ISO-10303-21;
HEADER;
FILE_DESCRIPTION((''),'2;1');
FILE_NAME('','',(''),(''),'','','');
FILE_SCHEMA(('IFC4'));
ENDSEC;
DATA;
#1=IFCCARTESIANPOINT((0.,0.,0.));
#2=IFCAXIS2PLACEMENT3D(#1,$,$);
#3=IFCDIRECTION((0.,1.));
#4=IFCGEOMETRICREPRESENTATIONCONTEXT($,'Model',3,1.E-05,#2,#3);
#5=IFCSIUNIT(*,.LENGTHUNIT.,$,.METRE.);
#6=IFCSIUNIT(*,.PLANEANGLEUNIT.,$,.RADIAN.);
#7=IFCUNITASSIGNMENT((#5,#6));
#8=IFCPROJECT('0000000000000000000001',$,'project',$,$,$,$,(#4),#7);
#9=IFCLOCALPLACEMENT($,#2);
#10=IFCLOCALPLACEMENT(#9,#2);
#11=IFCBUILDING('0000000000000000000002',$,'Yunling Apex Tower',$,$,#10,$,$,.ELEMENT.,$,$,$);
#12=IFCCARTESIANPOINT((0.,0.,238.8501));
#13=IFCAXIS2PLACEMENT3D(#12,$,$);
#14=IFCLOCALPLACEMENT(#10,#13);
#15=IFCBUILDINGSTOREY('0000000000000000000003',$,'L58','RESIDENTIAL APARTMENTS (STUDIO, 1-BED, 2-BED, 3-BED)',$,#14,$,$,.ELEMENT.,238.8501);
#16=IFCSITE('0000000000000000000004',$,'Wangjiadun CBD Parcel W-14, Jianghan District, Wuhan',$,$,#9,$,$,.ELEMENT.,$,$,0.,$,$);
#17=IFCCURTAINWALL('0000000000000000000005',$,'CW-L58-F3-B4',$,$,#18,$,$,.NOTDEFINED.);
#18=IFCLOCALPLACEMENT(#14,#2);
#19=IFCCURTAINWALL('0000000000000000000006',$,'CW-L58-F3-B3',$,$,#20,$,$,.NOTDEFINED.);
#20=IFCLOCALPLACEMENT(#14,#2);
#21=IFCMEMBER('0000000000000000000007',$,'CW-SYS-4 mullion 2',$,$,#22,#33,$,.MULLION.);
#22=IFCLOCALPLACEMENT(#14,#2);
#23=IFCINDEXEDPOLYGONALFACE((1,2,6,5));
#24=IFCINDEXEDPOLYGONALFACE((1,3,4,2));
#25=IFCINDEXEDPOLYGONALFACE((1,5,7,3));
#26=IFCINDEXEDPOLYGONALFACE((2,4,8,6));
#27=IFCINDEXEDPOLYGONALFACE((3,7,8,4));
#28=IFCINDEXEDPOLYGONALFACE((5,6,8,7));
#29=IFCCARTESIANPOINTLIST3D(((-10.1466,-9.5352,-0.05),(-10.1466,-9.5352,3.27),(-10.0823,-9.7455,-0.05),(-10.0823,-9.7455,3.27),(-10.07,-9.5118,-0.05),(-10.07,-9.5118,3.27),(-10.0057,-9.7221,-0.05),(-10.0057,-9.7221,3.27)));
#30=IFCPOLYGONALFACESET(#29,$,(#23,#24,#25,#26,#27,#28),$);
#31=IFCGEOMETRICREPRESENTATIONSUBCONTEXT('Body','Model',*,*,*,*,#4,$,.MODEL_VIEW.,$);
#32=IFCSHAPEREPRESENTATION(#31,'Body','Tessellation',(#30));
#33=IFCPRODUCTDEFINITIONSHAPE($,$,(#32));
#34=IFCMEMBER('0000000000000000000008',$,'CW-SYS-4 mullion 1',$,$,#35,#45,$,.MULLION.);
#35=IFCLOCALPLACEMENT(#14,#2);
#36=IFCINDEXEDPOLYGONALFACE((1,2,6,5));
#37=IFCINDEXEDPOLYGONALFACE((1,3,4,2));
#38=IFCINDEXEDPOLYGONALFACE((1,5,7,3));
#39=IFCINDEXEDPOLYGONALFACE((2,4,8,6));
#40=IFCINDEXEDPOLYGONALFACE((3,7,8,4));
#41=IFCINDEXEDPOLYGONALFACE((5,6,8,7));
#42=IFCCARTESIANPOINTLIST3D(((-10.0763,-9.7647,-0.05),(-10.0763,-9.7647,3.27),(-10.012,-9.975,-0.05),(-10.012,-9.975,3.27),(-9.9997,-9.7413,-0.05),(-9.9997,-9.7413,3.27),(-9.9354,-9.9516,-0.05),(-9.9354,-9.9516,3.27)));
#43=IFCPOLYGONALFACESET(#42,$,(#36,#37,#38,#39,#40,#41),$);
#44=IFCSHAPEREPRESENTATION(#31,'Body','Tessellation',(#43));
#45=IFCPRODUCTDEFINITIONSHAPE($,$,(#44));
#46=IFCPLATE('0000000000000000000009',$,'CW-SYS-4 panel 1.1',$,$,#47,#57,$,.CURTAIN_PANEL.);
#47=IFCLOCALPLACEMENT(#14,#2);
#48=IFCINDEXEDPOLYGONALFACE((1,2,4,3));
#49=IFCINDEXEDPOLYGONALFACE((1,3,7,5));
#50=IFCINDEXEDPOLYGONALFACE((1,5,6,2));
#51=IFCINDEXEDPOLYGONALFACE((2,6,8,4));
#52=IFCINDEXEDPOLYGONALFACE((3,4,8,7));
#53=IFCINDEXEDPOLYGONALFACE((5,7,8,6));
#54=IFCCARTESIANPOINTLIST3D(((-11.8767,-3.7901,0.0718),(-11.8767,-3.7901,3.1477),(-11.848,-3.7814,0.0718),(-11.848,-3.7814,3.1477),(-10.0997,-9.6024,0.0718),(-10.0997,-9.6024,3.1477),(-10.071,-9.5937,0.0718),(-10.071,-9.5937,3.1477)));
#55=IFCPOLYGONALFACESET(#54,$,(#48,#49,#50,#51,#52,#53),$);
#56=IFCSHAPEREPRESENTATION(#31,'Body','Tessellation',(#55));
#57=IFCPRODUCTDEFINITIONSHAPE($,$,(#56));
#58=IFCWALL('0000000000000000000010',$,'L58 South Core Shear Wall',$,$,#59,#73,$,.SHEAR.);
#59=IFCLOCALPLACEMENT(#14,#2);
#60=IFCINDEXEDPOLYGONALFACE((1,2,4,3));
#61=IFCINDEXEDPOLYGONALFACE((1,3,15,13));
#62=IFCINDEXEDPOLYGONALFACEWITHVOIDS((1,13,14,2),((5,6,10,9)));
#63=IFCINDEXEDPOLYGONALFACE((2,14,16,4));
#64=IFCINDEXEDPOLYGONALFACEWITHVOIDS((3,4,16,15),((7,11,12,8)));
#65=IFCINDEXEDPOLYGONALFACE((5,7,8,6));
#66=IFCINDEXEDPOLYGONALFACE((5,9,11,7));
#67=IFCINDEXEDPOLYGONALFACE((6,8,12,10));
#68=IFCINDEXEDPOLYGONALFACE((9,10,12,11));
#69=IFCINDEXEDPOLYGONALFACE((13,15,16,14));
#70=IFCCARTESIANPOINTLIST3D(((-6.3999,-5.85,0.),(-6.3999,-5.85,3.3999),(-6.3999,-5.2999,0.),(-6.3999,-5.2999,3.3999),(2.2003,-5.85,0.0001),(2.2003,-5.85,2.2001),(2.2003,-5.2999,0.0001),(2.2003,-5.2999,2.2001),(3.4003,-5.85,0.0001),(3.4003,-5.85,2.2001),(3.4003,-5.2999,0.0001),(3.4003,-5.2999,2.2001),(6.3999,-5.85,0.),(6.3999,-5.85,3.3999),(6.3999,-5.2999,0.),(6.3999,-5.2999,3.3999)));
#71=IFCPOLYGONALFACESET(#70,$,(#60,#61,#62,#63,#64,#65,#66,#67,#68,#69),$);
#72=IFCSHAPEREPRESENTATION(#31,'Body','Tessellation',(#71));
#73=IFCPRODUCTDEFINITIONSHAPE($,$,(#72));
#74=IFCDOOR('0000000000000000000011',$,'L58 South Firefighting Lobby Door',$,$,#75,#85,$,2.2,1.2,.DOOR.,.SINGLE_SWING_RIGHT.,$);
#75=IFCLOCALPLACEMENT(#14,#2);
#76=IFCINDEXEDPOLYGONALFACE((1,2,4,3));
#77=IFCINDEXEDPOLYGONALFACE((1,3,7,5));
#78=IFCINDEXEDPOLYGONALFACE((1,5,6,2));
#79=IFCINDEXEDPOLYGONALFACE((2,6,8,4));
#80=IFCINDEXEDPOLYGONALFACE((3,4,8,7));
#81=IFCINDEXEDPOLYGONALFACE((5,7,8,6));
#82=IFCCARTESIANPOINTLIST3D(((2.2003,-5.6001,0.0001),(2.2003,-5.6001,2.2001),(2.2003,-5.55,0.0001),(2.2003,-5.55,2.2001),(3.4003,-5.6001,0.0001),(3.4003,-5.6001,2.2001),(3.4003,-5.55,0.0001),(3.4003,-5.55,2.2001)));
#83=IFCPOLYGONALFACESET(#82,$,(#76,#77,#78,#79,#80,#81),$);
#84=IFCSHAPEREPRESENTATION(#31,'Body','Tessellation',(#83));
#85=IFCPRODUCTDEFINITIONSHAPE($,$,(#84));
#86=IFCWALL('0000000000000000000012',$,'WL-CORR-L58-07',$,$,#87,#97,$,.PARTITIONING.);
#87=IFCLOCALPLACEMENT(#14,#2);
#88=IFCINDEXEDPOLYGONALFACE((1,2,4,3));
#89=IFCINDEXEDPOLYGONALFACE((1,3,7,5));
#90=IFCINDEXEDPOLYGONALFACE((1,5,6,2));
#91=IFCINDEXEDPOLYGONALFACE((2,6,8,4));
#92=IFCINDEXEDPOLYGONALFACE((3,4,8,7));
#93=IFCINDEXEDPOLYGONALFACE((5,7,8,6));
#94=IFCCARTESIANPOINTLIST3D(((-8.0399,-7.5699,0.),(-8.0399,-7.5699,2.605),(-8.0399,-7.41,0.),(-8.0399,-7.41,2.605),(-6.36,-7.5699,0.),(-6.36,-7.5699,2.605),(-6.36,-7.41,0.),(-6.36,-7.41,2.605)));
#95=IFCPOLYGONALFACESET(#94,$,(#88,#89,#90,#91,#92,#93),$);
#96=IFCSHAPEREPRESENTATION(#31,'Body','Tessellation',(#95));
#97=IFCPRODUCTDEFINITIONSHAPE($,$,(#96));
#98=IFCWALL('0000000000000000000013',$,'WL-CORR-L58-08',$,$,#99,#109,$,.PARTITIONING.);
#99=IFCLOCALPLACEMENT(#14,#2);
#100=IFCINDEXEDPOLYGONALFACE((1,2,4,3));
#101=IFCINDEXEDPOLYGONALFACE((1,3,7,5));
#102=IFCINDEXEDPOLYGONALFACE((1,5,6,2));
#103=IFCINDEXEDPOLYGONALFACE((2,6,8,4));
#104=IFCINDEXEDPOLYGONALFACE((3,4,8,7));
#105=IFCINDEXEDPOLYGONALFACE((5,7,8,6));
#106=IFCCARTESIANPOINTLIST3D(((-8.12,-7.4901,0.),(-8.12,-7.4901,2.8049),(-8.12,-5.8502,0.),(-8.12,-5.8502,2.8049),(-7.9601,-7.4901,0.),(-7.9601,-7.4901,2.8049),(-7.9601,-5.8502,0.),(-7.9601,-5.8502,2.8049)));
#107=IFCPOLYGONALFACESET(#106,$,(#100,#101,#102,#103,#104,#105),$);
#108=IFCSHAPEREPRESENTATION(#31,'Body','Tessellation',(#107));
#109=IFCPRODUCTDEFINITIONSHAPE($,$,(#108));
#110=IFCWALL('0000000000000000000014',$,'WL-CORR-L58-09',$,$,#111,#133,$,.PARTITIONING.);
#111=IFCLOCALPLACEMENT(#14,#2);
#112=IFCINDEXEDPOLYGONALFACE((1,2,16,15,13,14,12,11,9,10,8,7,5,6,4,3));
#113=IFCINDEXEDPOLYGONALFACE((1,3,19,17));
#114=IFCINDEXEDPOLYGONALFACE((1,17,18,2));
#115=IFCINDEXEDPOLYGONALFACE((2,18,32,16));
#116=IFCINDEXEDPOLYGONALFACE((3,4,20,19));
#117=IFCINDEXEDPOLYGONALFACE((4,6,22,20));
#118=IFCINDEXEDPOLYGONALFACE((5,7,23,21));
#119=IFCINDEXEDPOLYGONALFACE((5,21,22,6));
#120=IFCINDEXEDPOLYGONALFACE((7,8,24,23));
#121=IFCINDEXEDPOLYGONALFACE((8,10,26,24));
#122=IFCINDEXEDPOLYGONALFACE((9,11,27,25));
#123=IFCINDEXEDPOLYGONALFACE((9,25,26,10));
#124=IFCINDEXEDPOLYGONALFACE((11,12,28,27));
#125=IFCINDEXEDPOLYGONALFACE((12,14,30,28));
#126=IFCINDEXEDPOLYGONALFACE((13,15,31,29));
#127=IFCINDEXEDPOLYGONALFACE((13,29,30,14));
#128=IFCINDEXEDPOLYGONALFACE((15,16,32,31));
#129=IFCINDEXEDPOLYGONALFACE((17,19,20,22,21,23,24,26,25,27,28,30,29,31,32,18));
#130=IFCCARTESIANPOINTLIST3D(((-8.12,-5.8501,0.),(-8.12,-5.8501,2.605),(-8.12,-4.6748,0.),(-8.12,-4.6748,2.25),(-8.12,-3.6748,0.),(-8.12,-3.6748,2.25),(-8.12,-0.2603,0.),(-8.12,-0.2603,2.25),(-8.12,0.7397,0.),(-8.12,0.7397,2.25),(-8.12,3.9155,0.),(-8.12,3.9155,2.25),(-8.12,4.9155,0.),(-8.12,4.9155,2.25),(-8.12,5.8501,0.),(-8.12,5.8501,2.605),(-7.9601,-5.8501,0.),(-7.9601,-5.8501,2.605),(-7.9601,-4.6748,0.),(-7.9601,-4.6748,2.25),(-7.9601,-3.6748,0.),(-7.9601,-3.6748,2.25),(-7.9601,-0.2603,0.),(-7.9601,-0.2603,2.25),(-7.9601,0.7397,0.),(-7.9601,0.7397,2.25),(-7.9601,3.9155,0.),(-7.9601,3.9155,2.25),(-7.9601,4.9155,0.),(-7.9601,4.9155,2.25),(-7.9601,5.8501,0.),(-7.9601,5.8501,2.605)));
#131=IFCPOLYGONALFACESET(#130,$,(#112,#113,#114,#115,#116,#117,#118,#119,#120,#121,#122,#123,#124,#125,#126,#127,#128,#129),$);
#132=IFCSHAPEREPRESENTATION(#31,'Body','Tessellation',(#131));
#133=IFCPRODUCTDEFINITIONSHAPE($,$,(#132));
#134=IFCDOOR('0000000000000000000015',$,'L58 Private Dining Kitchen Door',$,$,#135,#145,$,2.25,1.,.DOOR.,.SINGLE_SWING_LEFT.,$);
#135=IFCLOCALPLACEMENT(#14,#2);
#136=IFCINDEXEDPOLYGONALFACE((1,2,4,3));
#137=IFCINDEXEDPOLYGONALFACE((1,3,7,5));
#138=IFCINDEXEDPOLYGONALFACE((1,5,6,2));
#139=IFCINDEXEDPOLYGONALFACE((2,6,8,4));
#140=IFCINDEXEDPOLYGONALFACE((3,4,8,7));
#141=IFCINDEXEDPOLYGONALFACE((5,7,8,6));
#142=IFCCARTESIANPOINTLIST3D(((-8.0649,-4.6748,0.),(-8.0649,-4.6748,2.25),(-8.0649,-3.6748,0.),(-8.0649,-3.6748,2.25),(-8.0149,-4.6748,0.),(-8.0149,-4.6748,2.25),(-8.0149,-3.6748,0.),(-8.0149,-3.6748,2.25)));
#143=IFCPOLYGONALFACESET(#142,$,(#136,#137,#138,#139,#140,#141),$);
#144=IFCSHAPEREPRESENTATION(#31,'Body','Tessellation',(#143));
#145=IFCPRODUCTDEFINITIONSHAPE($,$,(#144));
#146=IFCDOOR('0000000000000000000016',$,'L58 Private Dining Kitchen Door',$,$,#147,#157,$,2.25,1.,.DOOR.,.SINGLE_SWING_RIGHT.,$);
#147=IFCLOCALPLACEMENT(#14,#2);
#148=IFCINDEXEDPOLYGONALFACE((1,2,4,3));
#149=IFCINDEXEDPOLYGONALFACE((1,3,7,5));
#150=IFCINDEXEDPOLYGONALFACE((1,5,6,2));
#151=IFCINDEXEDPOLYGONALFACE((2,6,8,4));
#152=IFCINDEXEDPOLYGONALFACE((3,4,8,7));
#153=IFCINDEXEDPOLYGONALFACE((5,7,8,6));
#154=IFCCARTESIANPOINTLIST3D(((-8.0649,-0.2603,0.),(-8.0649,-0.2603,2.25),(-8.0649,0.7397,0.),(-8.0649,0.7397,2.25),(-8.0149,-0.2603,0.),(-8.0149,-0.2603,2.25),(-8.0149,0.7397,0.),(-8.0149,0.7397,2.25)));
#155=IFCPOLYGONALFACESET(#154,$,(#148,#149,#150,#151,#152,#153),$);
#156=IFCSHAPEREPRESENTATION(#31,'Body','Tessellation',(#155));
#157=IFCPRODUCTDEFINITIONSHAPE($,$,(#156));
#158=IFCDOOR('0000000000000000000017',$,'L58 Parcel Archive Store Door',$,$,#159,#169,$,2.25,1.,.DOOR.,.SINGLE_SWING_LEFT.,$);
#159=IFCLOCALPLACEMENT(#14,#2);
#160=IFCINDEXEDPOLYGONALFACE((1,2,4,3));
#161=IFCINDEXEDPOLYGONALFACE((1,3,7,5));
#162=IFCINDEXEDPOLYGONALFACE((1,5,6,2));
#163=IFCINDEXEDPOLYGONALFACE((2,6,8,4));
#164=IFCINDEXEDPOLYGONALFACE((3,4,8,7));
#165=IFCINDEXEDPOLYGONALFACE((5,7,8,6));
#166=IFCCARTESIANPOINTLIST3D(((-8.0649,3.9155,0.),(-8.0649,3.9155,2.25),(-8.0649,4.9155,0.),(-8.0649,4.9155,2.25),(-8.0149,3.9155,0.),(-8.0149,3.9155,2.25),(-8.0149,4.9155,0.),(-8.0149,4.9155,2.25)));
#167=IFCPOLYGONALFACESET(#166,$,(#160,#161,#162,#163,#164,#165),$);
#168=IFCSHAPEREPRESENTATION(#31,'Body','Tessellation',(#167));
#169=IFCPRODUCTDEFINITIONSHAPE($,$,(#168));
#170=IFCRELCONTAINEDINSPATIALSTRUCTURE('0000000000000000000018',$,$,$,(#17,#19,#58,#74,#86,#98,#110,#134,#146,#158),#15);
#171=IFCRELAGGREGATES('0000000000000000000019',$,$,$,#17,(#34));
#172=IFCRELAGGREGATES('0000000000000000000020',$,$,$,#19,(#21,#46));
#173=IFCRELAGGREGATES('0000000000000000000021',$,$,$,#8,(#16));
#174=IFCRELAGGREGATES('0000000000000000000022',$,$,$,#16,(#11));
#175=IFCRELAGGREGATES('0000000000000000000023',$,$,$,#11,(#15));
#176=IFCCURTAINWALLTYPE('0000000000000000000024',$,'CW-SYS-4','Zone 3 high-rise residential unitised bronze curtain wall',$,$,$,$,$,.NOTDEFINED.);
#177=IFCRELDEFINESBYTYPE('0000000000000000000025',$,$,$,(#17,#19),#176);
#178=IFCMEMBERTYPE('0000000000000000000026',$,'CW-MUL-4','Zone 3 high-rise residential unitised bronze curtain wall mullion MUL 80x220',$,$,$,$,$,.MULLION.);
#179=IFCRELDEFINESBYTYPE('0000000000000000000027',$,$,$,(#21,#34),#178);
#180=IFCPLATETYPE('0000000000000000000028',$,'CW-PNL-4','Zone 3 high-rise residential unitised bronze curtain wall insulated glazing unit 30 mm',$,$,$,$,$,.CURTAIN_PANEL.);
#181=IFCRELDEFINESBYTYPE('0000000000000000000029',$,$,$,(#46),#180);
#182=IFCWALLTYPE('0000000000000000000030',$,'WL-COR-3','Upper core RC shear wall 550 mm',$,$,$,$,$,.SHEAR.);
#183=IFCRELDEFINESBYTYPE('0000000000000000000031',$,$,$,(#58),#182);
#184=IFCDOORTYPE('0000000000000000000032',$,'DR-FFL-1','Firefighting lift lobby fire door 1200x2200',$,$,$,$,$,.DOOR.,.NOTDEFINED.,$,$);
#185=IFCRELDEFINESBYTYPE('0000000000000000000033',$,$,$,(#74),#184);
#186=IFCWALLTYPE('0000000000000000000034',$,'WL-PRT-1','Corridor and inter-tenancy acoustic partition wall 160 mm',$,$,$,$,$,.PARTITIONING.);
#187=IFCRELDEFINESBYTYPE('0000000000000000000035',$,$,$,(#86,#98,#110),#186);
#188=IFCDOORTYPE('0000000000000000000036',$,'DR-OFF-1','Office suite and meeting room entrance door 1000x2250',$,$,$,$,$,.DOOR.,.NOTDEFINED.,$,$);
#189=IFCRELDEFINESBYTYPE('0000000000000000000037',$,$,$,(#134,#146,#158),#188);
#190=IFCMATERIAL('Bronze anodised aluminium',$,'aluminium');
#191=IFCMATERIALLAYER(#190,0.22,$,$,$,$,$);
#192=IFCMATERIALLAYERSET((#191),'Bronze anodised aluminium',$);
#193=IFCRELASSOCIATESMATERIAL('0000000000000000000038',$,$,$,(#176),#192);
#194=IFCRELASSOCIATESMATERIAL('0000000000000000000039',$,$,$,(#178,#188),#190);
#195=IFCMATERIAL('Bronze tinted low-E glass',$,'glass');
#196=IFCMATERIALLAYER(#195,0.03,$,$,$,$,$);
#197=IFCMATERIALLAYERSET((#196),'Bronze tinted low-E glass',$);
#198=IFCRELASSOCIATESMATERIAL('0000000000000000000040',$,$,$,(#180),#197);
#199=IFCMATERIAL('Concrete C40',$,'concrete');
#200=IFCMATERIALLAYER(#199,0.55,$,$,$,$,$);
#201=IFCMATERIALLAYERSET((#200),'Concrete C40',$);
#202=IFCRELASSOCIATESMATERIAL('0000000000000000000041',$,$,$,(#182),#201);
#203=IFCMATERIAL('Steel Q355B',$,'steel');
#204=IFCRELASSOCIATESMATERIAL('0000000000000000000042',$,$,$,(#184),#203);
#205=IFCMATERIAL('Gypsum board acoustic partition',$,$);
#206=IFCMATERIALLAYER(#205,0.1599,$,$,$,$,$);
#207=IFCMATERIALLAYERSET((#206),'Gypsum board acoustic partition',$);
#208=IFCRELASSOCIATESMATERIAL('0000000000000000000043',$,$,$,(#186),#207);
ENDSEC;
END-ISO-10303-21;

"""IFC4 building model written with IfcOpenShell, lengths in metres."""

from ifc_helpers import new_model, si_unit, direction, frame, frame_2d, origin, origin_2d, place, context, subcontext, project, spatial, rectangle, extrude, source, transform, mapped, material, layer, layer_set, material_profile, profile_set, type_object, element, fill, aggregate, save


model = new_model("IFC4")

# Units and contexts
model_context = context("Model", 3, precision=1e-05, world=origin(), true_north=direction((0.0, 1.0)))
body_context = subcontext(model_context, "Body", "Model", "MODEL_VIEW")
ifc_project = project(units=[si_unit("LENGTHUNIT", "METRE"), si_unit("PLANEANGLEUNIT", "RADIAN")], contexts=[model_context])

# Site, building, storey
site_placement = place(None, origin())
site = spatial("IfcSite", under=ifc_project, at=site_placement, Name="Wangjiadun CBD Parcel W-14, Jianghan District, Wuhan", CompositionType="ELEMENT", RefElevation=0.0)
building_placement = place(site_placement, origin())
building = spatial("IfcBuilding", under=site, at=building_placement, Name="Yunling Apex Tower", CompositionType="ELEMENT")
storey_placement = place(building_placement, frame((0.0, 0.0, 238.8501)))
storey = spatial("IfcBuildingStorey", under=building, at=storey_placement, Name="L58", Description="RESIDENTIAL APARTMENTS (STUDIO, 1-BED, 2-BED, 3-BED)", CompositionType="ELEMENT", Elevation=238.8501)

# Shared definitions
ifc_material_1 = material(Name="Steel Q355B", Category="steel")

# Curtain wall
ifc_material_2 = material(Name="Bronze anodised aluminium", Category="aluminium")
ifc_layer_1 = layer(ifc_material_2, 0.22)
ifc_layer_set_1 = layer_set([ifc_layer_1], Name="Bronze anodised aluminium")
curtain_wall_type = type_object("IfcCurtainWallType", Name="CW-SYS-4", Description="Zone 3 high-rise residential unitised bronze curtain wall", PredefinedType="NOTDEFINED", material=ifc_layer_set_1)
curtain_wall_1_placement = place(storey_placement, origin())
curtain_wall_1 = element("IfcCurtainWall", 1, at=curtain_wall_1_placement, inside=storey, type_object=curtain_wall_type, Name="CW-L58-F3-B4", PredefinedType="NOTDEFINED")

# Curtain wall, member
curtain_wall_2_placement = place(storey_placement, origin())
curtain_wall_2 = element("IfcCurtainWall", 2, at=curtain_wall_2_placement, inside=storey, type_object=curtain_wall_type, Name="CW-L58-F3-B3", PredefinedType="NOTDEFINED")
ifc_material_profile_1 = material_profile(ifc_material_2, rectangle(XDim=0.0801, YDim=0.22, at=origin_2d()))
ifc_profile_set_1 = profile_set([ifc_material_profile_1], Name="Bronze anodised aluminium")
member_type_1 = type_object("IfcMemberType", Name="CW-MUL-4", Description="Zone 3 high-rise residential unitised bronze curtain wall mullion MUL 80x220", PredefinedType="MULLION", material=ifc_profile_set_1)
shared_shape_1 = source(origin(), body_context, "Body", "SweptSolid", [
    extrude(rectangle(XDim=0.0801, YDim=0.22, at=origin_2d()), origin(), (0.0, 0.0, 1.0), 3.3201),
])
member_1_placement = place(storey_placement, frame((-10.0762, -9.6287, -0.05), z_axis=(0.0, 0.0, 1.0), x_axis=(0.956305, 0.292372, 0.0)))
member_1 = element("IfcMember", 3, at=member_1_placement, type_object=member_type_1, Name="CW-SYS-4 mullion 2", PredefinedType="MULLION", context=body_context, shape_type="MappedRepresentation", body=[
    mapped(shared_shape_1, transform((0.0, 0.0, 0.0), scale=1.0)),
])

# Member
member_2_placement = place(storey_placement, frame((-10.0059, -9.8582, -0.05), z_axis=(0.0, 0.0, 1.0), x_axis=(0.956305, 0.292372, 0.0)))
member_2 = element("IfcMember", 4, at=member_2_placement, type_object=member_type_1, Name="CW-SYS-4 mullion 1", PredefinedType="MULLION", context=body_context, shape_type="MappedRepresentation", body=[
    mapped(shared_shape_1, transform((0.0, 0.0, 0.0), scale=1.0)),
])
aggregate(curtain_wall_1, [member_2])

# Plate
ifc_material_3 = material(Name="Bronze tinted low-E glass", Category="glass")
ifc_layer_2 = layer(ifc_material_3, 0.03)
ifc_layer_set_2 = layer_set([ifc_layer_2], Name="Bronze tinted low-E glass")
plate_type = type_object("IfcPlateType", Name="CW-PNL-4", Description="Zone 3 high-rise residential unitised bronze curtain wall insulated glazing unit 30 mm", PredefinedType="CURTAIN_PANEL", material=ifc_layer_set_2)
shared_shape_2 = source(origin(), body_context, "Body", "SweptSolid", [
    extrude(rectangle(XDim=6.0779, YDim=0.03, at=origin_2d()), origin(), (0.0, 0.0, 1.0), 3.0759),
])
plate_placement = place(storey_placement, frame((-10.9739, -6.6919, 0.0718), z_axis=(0.0, 0.0, 1.0), x_axis=(0.292372, -0.956305, 0.0)))
plate = element("IfcPlate", 5, at=plate_placement, type_object=plate_type, Name="CW-SYS-4 panel 1.1", PredefinedType="CURTAIN_PANEL", context=body_context, shape_type="MappedRepresentation", body=[
    mapped(shared_shape_2, transform((0.0, 0.0, 0.0), scale=1.0)),
])
aggregate(curtain_wall_2, [member_1, plate])

# Wall, opening, door
ifc_material_4 = material(Name="Concrete C40", Category="concrete")
ifc_layer_3 = layer(ifc_material_4, 0.55)
ifc_layer_set_3 = layer_set([ifc_layer_3], Name="Concrete C40")
wall_type_1 = type_object("IfcWallType", Name="WL-COR-3", Description="Upper core RC shear wall 550 mm", PredefinedType="SHEAR", material=ifc_layer_set_3)
wall_1_placement = place(storey_placement, frame((-6.3999, -5.575, 0.0), z_axis=(0.0, 0.0, 1.0), x_axis=(1.0, 0.0, 0.0)))
wall_1 = element("IfcWall", 6, at=wall_1_placement, inside=storey, type_object=wall_type_1, Name="L58 South Core Shear Wall", PredefinedType="SHEAR", context=body_context, shape_type="SweptSolid", body=[
    extrude(rectangle(XDim=12.7998, YDim=0.55, at=frame_2d((6.3999, 0.0))), origin(), (0.0, 0.0, 1.0), 3.3999),
])
opening_1_placement = place(wall_1_placement, frame((8.6001, 0.0, 0.0)))
opening_1 = element("IfcOpeningElement", 7, at=opening_1_placement, cuts=wall_1, PredefinedType="OPENING", context=body_context, shape_type="SweptSolid", body=[
    extrude(rectangle(XDim=1.2, YDim=2.2, at=frame_2d((0.6001, 1.1001))), frame((0.0, 0.2852, 0.0), z_axis=(0.0, -1.0, 0.0), x_axis=(1.0, 0.0, 0.0)), (0.0, 0.0, 1.0), 0.5701),
])
door_type_1 = type_object("IfcDoorType", Name="DR-FFL-1", Description="Firefighting lift lobby fire door 1200x2200", OperationType="NOTDEFINED", PredefinedType="DOOR", material=ifc_material_1)
door_1_placement = place(opening_1_placement, origin())
door_1 = element("IfcDoor", 8, at=door_1_placement, inside=storey, type_object=door_type_1, Name="L58 South Firefighting Lobby Door", OperationType="SINGLE_SWING_RIGHT", OverallHeight=2.2, OverallWidth=1.2, PredefinedType="DOOR", context=body_context, shape_type="SweptSolid", body=[
    extrude(rectangle(XDim=1.2, YDim=2.2, at=frame_2d((0.6001, 1.1001))), frame((0.0, 0.0249, 0.0), z_axis=(0.0, -1.0, 0.0), x_axis=(1.0, 0.0, 0.0)), (0.0, 0.0, 1.0), 0.05),
])
fill(opening_1, door_1)

# Walls
ifc_material_5 = material(Name="Gypsum board acoustic partition")
ifc_layer_4 = layer(ifc_material_5, 0.1599)
ifc_layer_set_4 = layer_set([ifc_layer_4], Name="Gypsum board acoustic partition")
wall_type_2 = type_object("IfcWallType", Name="WL-PRT-1", Description="Corridor and inter-tenancy acoustic partition wall 160 mm", PredefinedType="PARTITIONING", material=ifc_layer_set_4)
wall_2_placement = place(storey_placement, frame((-6.3601, -7.49, 0.0), z_axis=(0.0, 0.0, 1.0), x_axis=(-1.0, 0.0, 0.0)))
element("IfcWall", 9, at=wall_2_placement, inside=storey, type_object=wall_type_2, Name="WL-CORR-L58-07", PredefinedType="PARTITIONING", context=body_context, shape_type="SweptSolid", body=[
    extrude(rectangle(XDim=1.6799, YDim=0.1599, at=frame_2d((0.8398, 0.0))), origin(), (0.0, 0.0, 1.0), 2.605),
])
wall_3_placement = place(storey_placement, frame((-8.04, -7.49, 0.0), z_axis=(0.0, 0.0, 1.0), x_axis=(0.0, 1.0, 0.0)))
element("IfcWall", 10, at=wall_3_placement, inside=storey, type_object=wall_type_2, Name="WL-CORR-L58-08", PredefinedType="PARTITIONING", context=body_context, shape_type="SweptSolid", body=[
    extrude(rectangle(XDim=1.6399, YDim=0.1599, at=frame_2d((0.8198, 0.0))), origin(), (0.0, 0.0, 1.0), 2.8049),
])

# Wall, openings, doors
wall_4_placement = place(storey_placement, frame((-8.04, -5.8501, 0.0), z_axis=(0.0, 0.0, 1.0), x_axis=(0.0, 1.0, 0.0)))
wall_4 = element("IfcWall", 11, at=wall_4_placement, inside=storey, type_object=wall_type_2, Name="WL-CORR-L58-09", PredefinedType="PARTITIONING", context=body_context, shape_type="SweptSolid", body=[
    extrude(rectangle(XDim=11.7002, YDim=0.1599, at=frame_2d((5.8501, 0.0))), origin(), (0.0, 0.0, 1.0), 2.605),
])
opening_2_placement = place(wall_4_placement, frame((1.1753, 0.0, 0.0)))
opening_2 = element("IfcOpeningElement", 12, at=opening_2_placement, cuts=wall_4, PredefinedType="OPENING", context=body_context, shape_type="SweptSolid", body=[
    extrude(rectangle(XDim=1.0, YDim=2.25, at=frame_2d((0.5, 1.125))), frame((0.0, 0.0898, 0.0), z_axis=(0.0, -1.0, 0.0), x_axis=(1.0, 0.0, 0.0)), (0.0, 0.0, 1.0), 0.1799),
])
opening_3_placement = place(wall_4_placement, frame((5.5898, 0.0, 0.0)))
opening_3 = element("IfcOpeningElement", 13, at=opening_3_placement, cuts=wall_4, PredefinedType="OPENING", context=body_context, shape_type="SweptSolid", body=[
    extrude(rectangle(XDim=1.0, YDim=2.25, at=frame_2d((0.5, 1.125))), frame((0.0, 0.0898, 0.0), z_axis=(0.0, -1.0, 0.0), x_axis=(1.0, 0.0, 0.0)), (0.0, 0.0, 1.0), 0.1799),
])
opening_4_placement = place(wall_4_placement, frame((9.7656, 0.0, 0.0)))
opening_4 = element("IfcOpeningElement", 14, at=opening_4_placement, cuts=wall_4, PredefinedType="OPENING", context=body_context, shape_type="SweptSolid", body=[
    extrude(rectangle(XDim=1.0, YDim=2.25, at=frame_2d((0.5, 1.125))), frame((0.0, 0.0898, 0.0), z_axis=(0.0, -1.0, 0.0), x_axis=(1.0, 0.0, 0.0)), (0.0, 0.0, 1.0), 0.1799),
])
door_type_2 = type_object("IfcDoorType", Name="DR-OFF-1", Description="Office suite and meeting room entrance door 1000x2250", OperationType="NOTDEFINED", PredefinedType="DOOR", material=ifc_material_2)
door_2_placement = place(opening_2_placement, origin())
door_2 = element("IfcDoor", 15, at=door_2_placement, inside=storey, type_object=door_type_2, Name="L58 Private Dining Kitchen Door", OperationType="SINGLE_SWING_LEFT", OverallHeight=2.25, OverallWidth=1.0, PredefinedType="DOOR", context=body_context, shape_type="SweptSolid", body=[
    extrude(rectangle(XDim=1.0, YDim=2.25, at=frame_2d((0.5, 1.125))), frame((0.0, 0.0249, 0.0), z_axis=(0.0, -1.0, 0.0), x_axis=(1.0, 0.0, 0.0)), (0.0, 0.0, 1.0), 0.05),
])
fill(opening_2, door_2)
door_3_placement = place(opening_3_placement, origin())
door_3 = element("IfcDoor", 16, at=door_3_placement, inside=storey, type_object=door_type_2, Name="L58 Private Dining Kitchen Door", OperationType="SINGLE_SWING_RIGHT", OverallHeight=2.25, OverallWidth=1.0, PredefinedType="DOOR", context=body_context, shape_type="SweptSolid", body=[
    extrude(rectangle(XDim=1.0, YDim=2.25, at=frame_2d((0.5, 1.125))), frame((0.0, 0.0249, 0.0), z_axis=(0.0, -1.0, 0.0), x_axis=(1.0, 0.0, 0.0)), (0.0, 0.0, 1.0), 0.05),
])
fill(opening_3, door_3)
door_4_placement = place(opening_4_placement, origin())
door_4 = element("IfcDoor", 17, at=door_4_placement, inside=storey, type_object=door_type_2, Name="L58 Parcel Archive Store Door", OperationType="SINGLE_SWING_LEFT", OverallHeight=2.25, OverallWidth=1.0, PredefinedType="DOOR", context=body_context, shape_type="SweptSolid", body=[
    extrude(rectangle(XDim=1.0, YDim=2.25, at=frame_2d((0.5, 1.125))), frame((0.0, 0.0249, 0.0), z_axis=(0.0, -1.0, 0.0), x_axis=(1.0, 0.0, 0.0)), (0.0, 0.0, 1.0), 0.05),
])
fill(opening_4, door_4)

save(model, "model.ifc")
